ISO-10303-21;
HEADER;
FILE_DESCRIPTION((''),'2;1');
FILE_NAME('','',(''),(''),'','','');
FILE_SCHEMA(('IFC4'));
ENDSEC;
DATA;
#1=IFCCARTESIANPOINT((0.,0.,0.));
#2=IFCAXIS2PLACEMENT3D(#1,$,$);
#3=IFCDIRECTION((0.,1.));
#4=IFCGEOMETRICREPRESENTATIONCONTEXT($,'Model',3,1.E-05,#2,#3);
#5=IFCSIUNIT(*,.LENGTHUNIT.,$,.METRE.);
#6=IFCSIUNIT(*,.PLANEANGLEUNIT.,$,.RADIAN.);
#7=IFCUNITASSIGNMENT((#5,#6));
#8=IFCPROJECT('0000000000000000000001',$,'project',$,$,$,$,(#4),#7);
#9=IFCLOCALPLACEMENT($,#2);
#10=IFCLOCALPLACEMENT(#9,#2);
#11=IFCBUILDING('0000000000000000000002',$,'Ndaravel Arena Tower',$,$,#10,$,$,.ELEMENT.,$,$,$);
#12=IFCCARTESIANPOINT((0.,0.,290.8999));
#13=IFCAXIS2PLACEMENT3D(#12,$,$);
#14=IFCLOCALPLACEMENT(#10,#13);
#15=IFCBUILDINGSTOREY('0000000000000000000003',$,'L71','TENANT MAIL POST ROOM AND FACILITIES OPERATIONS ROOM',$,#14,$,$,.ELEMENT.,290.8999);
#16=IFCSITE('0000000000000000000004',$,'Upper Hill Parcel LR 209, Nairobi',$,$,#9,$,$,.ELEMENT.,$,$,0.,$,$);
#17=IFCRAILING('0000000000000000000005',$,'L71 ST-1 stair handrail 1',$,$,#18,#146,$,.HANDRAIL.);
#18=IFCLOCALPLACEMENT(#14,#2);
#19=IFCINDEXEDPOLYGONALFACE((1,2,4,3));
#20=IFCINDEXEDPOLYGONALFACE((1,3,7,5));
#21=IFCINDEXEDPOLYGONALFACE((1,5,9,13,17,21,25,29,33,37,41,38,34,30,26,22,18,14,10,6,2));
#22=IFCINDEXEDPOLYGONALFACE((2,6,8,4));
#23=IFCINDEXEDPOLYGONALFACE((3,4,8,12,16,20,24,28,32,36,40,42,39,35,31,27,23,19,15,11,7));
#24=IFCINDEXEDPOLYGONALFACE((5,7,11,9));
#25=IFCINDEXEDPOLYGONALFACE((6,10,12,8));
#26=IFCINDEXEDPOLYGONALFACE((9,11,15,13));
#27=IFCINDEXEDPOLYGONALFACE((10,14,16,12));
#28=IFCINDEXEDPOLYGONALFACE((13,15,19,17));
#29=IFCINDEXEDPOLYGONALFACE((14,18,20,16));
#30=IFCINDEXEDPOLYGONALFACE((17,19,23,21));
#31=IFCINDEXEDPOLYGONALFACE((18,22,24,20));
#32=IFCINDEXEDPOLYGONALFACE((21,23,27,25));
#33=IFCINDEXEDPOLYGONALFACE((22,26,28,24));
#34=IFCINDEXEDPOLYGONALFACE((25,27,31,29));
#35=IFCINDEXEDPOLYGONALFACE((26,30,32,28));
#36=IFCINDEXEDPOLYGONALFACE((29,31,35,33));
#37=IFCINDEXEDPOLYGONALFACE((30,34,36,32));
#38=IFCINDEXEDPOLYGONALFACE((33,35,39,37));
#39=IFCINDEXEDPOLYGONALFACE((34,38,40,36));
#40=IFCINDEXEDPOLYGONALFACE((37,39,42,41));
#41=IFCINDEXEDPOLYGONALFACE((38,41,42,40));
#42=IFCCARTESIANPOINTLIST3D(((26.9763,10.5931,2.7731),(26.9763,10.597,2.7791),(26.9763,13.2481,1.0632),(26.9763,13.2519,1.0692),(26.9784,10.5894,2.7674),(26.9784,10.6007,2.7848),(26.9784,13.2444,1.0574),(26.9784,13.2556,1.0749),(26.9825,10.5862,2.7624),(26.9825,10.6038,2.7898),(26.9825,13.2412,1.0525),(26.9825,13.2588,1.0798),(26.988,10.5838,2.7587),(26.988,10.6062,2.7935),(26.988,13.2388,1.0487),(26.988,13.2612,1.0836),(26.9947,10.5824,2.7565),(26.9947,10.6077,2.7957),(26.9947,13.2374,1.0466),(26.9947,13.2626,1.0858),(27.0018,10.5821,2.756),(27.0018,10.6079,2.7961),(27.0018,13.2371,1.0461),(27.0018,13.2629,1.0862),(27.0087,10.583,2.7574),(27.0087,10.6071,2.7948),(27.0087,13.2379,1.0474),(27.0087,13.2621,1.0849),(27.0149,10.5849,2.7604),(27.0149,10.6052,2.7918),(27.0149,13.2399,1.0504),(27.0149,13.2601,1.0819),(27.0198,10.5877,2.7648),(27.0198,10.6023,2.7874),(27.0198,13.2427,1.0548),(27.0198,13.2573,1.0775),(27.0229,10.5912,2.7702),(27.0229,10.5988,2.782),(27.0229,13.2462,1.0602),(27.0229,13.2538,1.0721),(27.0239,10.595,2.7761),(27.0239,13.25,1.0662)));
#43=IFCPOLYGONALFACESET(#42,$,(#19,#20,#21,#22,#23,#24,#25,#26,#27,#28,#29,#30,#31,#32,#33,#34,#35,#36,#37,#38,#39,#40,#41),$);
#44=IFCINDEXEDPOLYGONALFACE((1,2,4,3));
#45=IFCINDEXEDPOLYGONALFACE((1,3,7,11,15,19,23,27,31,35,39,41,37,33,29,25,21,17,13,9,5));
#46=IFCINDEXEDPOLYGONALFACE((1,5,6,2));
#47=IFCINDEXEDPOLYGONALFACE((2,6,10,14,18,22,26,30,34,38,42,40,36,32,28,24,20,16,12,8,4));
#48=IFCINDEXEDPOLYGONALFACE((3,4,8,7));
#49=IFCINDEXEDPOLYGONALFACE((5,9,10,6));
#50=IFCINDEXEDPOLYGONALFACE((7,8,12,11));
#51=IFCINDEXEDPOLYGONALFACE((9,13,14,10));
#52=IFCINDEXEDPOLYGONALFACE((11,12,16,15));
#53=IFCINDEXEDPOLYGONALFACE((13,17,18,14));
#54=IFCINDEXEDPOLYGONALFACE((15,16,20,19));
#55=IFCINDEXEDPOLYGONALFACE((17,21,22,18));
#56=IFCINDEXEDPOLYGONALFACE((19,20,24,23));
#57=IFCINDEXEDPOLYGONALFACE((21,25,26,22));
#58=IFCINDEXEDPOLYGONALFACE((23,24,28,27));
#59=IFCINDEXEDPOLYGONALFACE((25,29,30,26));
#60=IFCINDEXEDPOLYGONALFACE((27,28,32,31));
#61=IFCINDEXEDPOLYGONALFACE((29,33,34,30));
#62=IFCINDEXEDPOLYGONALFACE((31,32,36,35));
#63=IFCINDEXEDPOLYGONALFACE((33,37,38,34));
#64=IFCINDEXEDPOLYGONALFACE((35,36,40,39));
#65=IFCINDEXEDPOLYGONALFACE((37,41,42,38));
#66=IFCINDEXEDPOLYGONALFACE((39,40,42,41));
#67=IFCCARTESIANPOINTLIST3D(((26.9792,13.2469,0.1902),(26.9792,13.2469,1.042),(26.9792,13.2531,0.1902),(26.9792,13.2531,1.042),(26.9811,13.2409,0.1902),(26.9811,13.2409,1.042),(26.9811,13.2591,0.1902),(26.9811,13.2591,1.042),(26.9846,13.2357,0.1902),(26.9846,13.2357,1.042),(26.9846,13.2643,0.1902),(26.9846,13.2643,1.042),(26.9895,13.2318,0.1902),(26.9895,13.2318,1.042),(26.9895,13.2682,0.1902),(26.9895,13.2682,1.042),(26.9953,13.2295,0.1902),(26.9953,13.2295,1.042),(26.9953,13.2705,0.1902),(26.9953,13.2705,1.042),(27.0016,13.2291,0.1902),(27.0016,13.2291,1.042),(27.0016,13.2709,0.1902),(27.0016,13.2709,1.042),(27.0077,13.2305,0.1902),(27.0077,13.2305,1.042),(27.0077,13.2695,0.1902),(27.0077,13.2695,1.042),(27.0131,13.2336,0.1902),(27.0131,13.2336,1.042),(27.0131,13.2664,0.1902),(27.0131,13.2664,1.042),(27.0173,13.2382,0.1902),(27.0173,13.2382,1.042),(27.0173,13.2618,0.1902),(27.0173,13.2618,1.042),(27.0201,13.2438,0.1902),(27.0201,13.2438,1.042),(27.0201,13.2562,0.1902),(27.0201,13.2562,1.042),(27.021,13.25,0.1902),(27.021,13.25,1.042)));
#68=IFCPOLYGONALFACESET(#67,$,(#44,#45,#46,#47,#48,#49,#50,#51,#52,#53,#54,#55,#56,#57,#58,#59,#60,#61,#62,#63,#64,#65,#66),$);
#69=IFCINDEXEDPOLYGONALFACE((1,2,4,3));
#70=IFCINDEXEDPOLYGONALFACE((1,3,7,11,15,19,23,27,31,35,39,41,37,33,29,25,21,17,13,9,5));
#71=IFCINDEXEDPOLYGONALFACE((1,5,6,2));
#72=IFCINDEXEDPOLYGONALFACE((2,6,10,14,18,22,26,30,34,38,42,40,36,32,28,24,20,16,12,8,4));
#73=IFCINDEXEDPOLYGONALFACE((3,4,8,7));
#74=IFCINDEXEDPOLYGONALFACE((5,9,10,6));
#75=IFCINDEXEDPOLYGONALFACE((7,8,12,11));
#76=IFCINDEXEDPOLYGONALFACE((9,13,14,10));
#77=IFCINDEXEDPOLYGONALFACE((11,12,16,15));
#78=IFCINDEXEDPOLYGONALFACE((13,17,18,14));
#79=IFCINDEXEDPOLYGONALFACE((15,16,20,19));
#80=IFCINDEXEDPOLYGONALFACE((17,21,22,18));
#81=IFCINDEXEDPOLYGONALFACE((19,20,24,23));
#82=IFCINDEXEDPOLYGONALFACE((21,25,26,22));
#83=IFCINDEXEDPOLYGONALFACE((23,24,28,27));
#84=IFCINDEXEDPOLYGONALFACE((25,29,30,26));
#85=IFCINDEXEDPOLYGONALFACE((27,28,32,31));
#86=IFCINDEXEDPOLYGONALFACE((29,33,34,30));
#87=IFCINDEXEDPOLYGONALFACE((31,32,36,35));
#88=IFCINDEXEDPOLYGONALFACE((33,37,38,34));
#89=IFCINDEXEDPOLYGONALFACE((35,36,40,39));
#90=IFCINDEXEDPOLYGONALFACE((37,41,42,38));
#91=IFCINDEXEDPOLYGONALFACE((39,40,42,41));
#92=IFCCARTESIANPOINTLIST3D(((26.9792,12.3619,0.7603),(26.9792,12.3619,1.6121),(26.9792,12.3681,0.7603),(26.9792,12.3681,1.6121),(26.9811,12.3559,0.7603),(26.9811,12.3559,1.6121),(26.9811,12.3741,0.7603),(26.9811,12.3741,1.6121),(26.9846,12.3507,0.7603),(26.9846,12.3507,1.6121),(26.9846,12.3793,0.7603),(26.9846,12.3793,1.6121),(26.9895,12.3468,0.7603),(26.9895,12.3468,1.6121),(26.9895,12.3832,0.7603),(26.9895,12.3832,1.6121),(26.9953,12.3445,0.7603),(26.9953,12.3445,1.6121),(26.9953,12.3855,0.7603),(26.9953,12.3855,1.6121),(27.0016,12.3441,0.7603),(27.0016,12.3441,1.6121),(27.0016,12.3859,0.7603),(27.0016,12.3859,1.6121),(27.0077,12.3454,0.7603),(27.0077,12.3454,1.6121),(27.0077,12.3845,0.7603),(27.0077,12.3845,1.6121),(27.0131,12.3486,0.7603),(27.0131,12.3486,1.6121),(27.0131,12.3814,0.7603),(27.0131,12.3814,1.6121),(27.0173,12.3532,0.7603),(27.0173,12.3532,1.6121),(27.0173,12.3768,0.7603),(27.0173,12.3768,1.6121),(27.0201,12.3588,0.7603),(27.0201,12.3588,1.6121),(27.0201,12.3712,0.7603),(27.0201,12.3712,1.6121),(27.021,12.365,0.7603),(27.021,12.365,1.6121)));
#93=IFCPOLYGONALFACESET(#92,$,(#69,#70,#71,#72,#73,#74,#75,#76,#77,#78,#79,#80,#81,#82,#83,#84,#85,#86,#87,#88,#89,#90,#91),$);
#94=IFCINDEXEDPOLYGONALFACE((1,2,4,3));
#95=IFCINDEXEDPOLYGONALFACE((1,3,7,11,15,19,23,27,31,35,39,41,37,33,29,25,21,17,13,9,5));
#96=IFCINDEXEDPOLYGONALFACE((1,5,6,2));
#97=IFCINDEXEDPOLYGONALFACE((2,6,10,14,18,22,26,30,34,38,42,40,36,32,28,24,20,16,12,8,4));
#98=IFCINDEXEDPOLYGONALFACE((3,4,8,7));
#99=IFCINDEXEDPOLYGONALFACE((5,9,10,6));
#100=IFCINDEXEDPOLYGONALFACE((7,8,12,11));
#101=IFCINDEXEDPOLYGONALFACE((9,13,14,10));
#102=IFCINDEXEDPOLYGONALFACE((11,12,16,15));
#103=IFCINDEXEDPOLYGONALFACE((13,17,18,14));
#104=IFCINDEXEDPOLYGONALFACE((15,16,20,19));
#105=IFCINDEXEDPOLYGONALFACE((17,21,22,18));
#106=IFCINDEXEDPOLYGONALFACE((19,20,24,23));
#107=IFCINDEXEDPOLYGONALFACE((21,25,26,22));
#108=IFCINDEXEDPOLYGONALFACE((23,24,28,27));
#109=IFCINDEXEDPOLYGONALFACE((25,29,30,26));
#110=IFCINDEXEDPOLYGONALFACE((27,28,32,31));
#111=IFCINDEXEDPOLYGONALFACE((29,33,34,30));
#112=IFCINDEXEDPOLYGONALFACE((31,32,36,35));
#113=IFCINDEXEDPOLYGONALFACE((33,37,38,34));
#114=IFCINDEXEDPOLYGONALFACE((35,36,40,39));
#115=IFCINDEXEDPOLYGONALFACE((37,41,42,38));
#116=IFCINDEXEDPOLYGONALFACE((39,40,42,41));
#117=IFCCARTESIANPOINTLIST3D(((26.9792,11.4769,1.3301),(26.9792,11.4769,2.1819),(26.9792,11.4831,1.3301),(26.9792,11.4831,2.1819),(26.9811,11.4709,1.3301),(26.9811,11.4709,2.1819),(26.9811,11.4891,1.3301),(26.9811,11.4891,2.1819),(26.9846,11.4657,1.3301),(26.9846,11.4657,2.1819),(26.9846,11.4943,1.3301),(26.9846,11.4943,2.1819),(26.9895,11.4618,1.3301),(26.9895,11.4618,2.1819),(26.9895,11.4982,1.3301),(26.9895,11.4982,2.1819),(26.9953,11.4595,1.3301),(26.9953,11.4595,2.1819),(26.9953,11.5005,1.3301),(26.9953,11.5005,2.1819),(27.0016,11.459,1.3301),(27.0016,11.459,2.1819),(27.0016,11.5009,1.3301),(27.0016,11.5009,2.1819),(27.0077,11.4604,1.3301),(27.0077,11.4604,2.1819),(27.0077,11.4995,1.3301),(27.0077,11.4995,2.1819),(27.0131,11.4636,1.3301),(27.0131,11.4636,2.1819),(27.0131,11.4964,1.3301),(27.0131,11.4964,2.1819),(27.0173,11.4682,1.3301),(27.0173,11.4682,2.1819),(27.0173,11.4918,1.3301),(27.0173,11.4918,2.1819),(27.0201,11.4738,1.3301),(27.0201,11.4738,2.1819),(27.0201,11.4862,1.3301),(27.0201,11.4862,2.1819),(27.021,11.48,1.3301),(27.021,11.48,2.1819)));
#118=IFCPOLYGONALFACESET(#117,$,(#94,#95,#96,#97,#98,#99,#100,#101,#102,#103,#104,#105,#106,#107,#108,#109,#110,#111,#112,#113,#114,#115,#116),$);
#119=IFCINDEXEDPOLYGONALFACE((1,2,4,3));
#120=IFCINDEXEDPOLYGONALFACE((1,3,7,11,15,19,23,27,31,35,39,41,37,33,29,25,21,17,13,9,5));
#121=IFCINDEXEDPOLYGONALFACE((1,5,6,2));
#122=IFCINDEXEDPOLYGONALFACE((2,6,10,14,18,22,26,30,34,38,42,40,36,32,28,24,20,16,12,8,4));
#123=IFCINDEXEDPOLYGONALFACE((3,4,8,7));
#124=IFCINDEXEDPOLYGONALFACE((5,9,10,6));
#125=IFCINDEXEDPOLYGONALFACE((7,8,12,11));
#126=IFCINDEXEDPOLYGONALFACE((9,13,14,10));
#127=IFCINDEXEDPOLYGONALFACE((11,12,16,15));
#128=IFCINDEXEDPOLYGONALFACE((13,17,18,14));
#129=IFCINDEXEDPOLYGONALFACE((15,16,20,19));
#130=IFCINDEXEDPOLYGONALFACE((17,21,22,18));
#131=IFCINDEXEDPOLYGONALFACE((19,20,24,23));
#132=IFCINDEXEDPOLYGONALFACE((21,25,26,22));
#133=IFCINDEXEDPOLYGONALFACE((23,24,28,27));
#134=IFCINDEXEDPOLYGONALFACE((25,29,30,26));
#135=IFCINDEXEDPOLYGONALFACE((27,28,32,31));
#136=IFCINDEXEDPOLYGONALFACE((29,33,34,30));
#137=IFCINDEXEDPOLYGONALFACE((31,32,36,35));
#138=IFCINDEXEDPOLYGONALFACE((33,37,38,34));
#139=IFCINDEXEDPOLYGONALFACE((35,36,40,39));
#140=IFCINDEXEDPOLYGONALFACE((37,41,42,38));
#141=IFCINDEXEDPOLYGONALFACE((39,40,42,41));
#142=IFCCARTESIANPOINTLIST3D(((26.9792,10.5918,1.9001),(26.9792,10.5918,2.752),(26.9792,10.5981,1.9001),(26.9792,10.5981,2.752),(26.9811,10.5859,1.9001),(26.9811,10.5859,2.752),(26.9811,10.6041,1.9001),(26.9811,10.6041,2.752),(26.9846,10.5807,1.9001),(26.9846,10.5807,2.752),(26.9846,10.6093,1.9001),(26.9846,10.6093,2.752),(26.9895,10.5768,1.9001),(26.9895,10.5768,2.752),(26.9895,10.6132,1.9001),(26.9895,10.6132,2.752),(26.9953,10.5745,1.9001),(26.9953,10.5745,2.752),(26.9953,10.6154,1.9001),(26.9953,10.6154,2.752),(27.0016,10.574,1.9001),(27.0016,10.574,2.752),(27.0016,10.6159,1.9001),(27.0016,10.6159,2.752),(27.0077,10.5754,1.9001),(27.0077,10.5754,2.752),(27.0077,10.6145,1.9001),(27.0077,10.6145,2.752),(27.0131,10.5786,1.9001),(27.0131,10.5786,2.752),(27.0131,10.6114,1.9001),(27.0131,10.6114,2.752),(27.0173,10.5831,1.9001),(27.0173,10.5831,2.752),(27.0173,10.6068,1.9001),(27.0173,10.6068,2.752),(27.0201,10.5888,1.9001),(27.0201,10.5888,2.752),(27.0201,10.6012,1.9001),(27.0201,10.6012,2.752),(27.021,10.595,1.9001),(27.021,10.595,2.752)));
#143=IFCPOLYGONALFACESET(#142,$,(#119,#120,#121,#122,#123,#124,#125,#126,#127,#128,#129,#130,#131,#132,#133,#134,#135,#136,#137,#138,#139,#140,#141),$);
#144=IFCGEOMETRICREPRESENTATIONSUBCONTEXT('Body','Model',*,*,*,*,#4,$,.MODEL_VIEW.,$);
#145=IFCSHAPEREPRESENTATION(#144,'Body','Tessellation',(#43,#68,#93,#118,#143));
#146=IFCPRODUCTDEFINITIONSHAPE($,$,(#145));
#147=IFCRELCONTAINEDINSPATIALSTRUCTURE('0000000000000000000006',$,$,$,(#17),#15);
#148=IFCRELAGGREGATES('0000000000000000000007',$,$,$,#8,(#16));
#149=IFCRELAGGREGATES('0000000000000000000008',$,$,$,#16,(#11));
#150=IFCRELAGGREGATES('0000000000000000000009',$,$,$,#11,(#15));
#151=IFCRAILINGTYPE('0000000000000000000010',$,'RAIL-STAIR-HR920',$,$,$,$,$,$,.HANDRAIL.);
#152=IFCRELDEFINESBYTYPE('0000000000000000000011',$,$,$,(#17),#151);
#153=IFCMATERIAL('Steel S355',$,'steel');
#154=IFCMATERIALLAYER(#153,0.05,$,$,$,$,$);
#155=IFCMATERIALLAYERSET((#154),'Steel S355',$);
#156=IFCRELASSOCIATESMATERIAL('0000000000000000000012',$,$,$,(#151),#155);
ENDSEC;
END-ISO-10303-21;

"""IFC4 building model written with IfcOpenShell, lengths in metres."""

from ifc_helpers import new_model, si_unit, direction, frame, origin, origin_2d, place, context, subcontext, project, spatial, circle, extrude, material, layer, layer_set, type_object, element, save


model = new_model("IFC4")

# Units and contexts
model_context = context("Model", 3, precision=1e-05, world=origin(), true_north=direction((0.0, 1.0)))
body_context = subcontext(model_context, "Body", "Model", "MODEL_VIEW")
ifc_project = project(units=[si_unit("LENGTHUNIT", "METRE"), si_unit("PLANEANGLEUNIT", "RADIAN")], contexts=[model_context])

# Site, building, storey
site_placement = place(None, origin())
site = spatial("IfcSite", under=ifc_project, at=site_placement, Name="Upper Hill Parcel LR 209, Nairobi", CompositionType="ELEMENT", RefElevation=0.0)
building_placement = place(site_placement, origin())
building = spatial("IfcBuilding", under=site, at=building_placement, Name="Ndaravel Arena Tower", CompositionType="ELEMENT")
storey_placement = place(building_placement, frame((0.0, 0.0, 290.8999)))
storey = spatial("IfcBuildingStorey", under=building, at=storey_placement, Name="L71", Description="TENANT MAIL POST ROOM AND FACILITIES OPERATIONS ROOM", CompositionType="ELEMENT", Elevation=290.8999)

# Railing
ifc_material_1 = material(Name="Steel S355", Category="steel")
ifc_layer_1 = layer(ifc_material_1, 0.05)
ifc_layer_set_1 = layer_set([ifc_layer_1], Name="Steel S355")
railing_type_1 = type_object("IfcRailingType", Name="RAIL-STAIR-HR920", PredefinedType="HANDRAIL", material=ifc_layer_set_1)
railing_1_placement = place(storey_placement, frame((27.0, 13.25, 0.1902)))
element("IfcRailing", 1, at=railing_1_placement, inside=storey, type_object=railing_type_1, Name="L71 ST-1 stair handrail 1", PredefinedType="HANDRAIL", context=body_context, shape_type="SweptSolid", body=[
    extrude(circle(Radius=0.0239, at=origin_2d()), frame((0.0, 0.0, 0.876), z_axis=(0.0, -0.840724, 0.541465), x_axis=(1.0, 0.0, 0.0)), (0.0, 0.0, 1.0), 3.158),
    extrude(circle(Radius=0.021, at=origin_2d()), origin(), (0.0, 0.0, 1.0), 0.8518),
    extrude(circle(Radius=0.021, at=origin_2d()), frame((0.0, -0.885, 0.5701)), (0.0, 0.0, 1.0), 0.8518),
    extrude(circle(Radius=0.021, at=origin_2d()), frame((0.0, -1.77, 1.1399)), (0.0, 0.0, 1.0), 0.8518),
    extrude(circle(Radius=0.021, at=origin_2d()), frame((0.0, -2.655, 1.71)), (0.0, 0.0, 1.0), 0.8518),
])

save(model, "model.ifc")
